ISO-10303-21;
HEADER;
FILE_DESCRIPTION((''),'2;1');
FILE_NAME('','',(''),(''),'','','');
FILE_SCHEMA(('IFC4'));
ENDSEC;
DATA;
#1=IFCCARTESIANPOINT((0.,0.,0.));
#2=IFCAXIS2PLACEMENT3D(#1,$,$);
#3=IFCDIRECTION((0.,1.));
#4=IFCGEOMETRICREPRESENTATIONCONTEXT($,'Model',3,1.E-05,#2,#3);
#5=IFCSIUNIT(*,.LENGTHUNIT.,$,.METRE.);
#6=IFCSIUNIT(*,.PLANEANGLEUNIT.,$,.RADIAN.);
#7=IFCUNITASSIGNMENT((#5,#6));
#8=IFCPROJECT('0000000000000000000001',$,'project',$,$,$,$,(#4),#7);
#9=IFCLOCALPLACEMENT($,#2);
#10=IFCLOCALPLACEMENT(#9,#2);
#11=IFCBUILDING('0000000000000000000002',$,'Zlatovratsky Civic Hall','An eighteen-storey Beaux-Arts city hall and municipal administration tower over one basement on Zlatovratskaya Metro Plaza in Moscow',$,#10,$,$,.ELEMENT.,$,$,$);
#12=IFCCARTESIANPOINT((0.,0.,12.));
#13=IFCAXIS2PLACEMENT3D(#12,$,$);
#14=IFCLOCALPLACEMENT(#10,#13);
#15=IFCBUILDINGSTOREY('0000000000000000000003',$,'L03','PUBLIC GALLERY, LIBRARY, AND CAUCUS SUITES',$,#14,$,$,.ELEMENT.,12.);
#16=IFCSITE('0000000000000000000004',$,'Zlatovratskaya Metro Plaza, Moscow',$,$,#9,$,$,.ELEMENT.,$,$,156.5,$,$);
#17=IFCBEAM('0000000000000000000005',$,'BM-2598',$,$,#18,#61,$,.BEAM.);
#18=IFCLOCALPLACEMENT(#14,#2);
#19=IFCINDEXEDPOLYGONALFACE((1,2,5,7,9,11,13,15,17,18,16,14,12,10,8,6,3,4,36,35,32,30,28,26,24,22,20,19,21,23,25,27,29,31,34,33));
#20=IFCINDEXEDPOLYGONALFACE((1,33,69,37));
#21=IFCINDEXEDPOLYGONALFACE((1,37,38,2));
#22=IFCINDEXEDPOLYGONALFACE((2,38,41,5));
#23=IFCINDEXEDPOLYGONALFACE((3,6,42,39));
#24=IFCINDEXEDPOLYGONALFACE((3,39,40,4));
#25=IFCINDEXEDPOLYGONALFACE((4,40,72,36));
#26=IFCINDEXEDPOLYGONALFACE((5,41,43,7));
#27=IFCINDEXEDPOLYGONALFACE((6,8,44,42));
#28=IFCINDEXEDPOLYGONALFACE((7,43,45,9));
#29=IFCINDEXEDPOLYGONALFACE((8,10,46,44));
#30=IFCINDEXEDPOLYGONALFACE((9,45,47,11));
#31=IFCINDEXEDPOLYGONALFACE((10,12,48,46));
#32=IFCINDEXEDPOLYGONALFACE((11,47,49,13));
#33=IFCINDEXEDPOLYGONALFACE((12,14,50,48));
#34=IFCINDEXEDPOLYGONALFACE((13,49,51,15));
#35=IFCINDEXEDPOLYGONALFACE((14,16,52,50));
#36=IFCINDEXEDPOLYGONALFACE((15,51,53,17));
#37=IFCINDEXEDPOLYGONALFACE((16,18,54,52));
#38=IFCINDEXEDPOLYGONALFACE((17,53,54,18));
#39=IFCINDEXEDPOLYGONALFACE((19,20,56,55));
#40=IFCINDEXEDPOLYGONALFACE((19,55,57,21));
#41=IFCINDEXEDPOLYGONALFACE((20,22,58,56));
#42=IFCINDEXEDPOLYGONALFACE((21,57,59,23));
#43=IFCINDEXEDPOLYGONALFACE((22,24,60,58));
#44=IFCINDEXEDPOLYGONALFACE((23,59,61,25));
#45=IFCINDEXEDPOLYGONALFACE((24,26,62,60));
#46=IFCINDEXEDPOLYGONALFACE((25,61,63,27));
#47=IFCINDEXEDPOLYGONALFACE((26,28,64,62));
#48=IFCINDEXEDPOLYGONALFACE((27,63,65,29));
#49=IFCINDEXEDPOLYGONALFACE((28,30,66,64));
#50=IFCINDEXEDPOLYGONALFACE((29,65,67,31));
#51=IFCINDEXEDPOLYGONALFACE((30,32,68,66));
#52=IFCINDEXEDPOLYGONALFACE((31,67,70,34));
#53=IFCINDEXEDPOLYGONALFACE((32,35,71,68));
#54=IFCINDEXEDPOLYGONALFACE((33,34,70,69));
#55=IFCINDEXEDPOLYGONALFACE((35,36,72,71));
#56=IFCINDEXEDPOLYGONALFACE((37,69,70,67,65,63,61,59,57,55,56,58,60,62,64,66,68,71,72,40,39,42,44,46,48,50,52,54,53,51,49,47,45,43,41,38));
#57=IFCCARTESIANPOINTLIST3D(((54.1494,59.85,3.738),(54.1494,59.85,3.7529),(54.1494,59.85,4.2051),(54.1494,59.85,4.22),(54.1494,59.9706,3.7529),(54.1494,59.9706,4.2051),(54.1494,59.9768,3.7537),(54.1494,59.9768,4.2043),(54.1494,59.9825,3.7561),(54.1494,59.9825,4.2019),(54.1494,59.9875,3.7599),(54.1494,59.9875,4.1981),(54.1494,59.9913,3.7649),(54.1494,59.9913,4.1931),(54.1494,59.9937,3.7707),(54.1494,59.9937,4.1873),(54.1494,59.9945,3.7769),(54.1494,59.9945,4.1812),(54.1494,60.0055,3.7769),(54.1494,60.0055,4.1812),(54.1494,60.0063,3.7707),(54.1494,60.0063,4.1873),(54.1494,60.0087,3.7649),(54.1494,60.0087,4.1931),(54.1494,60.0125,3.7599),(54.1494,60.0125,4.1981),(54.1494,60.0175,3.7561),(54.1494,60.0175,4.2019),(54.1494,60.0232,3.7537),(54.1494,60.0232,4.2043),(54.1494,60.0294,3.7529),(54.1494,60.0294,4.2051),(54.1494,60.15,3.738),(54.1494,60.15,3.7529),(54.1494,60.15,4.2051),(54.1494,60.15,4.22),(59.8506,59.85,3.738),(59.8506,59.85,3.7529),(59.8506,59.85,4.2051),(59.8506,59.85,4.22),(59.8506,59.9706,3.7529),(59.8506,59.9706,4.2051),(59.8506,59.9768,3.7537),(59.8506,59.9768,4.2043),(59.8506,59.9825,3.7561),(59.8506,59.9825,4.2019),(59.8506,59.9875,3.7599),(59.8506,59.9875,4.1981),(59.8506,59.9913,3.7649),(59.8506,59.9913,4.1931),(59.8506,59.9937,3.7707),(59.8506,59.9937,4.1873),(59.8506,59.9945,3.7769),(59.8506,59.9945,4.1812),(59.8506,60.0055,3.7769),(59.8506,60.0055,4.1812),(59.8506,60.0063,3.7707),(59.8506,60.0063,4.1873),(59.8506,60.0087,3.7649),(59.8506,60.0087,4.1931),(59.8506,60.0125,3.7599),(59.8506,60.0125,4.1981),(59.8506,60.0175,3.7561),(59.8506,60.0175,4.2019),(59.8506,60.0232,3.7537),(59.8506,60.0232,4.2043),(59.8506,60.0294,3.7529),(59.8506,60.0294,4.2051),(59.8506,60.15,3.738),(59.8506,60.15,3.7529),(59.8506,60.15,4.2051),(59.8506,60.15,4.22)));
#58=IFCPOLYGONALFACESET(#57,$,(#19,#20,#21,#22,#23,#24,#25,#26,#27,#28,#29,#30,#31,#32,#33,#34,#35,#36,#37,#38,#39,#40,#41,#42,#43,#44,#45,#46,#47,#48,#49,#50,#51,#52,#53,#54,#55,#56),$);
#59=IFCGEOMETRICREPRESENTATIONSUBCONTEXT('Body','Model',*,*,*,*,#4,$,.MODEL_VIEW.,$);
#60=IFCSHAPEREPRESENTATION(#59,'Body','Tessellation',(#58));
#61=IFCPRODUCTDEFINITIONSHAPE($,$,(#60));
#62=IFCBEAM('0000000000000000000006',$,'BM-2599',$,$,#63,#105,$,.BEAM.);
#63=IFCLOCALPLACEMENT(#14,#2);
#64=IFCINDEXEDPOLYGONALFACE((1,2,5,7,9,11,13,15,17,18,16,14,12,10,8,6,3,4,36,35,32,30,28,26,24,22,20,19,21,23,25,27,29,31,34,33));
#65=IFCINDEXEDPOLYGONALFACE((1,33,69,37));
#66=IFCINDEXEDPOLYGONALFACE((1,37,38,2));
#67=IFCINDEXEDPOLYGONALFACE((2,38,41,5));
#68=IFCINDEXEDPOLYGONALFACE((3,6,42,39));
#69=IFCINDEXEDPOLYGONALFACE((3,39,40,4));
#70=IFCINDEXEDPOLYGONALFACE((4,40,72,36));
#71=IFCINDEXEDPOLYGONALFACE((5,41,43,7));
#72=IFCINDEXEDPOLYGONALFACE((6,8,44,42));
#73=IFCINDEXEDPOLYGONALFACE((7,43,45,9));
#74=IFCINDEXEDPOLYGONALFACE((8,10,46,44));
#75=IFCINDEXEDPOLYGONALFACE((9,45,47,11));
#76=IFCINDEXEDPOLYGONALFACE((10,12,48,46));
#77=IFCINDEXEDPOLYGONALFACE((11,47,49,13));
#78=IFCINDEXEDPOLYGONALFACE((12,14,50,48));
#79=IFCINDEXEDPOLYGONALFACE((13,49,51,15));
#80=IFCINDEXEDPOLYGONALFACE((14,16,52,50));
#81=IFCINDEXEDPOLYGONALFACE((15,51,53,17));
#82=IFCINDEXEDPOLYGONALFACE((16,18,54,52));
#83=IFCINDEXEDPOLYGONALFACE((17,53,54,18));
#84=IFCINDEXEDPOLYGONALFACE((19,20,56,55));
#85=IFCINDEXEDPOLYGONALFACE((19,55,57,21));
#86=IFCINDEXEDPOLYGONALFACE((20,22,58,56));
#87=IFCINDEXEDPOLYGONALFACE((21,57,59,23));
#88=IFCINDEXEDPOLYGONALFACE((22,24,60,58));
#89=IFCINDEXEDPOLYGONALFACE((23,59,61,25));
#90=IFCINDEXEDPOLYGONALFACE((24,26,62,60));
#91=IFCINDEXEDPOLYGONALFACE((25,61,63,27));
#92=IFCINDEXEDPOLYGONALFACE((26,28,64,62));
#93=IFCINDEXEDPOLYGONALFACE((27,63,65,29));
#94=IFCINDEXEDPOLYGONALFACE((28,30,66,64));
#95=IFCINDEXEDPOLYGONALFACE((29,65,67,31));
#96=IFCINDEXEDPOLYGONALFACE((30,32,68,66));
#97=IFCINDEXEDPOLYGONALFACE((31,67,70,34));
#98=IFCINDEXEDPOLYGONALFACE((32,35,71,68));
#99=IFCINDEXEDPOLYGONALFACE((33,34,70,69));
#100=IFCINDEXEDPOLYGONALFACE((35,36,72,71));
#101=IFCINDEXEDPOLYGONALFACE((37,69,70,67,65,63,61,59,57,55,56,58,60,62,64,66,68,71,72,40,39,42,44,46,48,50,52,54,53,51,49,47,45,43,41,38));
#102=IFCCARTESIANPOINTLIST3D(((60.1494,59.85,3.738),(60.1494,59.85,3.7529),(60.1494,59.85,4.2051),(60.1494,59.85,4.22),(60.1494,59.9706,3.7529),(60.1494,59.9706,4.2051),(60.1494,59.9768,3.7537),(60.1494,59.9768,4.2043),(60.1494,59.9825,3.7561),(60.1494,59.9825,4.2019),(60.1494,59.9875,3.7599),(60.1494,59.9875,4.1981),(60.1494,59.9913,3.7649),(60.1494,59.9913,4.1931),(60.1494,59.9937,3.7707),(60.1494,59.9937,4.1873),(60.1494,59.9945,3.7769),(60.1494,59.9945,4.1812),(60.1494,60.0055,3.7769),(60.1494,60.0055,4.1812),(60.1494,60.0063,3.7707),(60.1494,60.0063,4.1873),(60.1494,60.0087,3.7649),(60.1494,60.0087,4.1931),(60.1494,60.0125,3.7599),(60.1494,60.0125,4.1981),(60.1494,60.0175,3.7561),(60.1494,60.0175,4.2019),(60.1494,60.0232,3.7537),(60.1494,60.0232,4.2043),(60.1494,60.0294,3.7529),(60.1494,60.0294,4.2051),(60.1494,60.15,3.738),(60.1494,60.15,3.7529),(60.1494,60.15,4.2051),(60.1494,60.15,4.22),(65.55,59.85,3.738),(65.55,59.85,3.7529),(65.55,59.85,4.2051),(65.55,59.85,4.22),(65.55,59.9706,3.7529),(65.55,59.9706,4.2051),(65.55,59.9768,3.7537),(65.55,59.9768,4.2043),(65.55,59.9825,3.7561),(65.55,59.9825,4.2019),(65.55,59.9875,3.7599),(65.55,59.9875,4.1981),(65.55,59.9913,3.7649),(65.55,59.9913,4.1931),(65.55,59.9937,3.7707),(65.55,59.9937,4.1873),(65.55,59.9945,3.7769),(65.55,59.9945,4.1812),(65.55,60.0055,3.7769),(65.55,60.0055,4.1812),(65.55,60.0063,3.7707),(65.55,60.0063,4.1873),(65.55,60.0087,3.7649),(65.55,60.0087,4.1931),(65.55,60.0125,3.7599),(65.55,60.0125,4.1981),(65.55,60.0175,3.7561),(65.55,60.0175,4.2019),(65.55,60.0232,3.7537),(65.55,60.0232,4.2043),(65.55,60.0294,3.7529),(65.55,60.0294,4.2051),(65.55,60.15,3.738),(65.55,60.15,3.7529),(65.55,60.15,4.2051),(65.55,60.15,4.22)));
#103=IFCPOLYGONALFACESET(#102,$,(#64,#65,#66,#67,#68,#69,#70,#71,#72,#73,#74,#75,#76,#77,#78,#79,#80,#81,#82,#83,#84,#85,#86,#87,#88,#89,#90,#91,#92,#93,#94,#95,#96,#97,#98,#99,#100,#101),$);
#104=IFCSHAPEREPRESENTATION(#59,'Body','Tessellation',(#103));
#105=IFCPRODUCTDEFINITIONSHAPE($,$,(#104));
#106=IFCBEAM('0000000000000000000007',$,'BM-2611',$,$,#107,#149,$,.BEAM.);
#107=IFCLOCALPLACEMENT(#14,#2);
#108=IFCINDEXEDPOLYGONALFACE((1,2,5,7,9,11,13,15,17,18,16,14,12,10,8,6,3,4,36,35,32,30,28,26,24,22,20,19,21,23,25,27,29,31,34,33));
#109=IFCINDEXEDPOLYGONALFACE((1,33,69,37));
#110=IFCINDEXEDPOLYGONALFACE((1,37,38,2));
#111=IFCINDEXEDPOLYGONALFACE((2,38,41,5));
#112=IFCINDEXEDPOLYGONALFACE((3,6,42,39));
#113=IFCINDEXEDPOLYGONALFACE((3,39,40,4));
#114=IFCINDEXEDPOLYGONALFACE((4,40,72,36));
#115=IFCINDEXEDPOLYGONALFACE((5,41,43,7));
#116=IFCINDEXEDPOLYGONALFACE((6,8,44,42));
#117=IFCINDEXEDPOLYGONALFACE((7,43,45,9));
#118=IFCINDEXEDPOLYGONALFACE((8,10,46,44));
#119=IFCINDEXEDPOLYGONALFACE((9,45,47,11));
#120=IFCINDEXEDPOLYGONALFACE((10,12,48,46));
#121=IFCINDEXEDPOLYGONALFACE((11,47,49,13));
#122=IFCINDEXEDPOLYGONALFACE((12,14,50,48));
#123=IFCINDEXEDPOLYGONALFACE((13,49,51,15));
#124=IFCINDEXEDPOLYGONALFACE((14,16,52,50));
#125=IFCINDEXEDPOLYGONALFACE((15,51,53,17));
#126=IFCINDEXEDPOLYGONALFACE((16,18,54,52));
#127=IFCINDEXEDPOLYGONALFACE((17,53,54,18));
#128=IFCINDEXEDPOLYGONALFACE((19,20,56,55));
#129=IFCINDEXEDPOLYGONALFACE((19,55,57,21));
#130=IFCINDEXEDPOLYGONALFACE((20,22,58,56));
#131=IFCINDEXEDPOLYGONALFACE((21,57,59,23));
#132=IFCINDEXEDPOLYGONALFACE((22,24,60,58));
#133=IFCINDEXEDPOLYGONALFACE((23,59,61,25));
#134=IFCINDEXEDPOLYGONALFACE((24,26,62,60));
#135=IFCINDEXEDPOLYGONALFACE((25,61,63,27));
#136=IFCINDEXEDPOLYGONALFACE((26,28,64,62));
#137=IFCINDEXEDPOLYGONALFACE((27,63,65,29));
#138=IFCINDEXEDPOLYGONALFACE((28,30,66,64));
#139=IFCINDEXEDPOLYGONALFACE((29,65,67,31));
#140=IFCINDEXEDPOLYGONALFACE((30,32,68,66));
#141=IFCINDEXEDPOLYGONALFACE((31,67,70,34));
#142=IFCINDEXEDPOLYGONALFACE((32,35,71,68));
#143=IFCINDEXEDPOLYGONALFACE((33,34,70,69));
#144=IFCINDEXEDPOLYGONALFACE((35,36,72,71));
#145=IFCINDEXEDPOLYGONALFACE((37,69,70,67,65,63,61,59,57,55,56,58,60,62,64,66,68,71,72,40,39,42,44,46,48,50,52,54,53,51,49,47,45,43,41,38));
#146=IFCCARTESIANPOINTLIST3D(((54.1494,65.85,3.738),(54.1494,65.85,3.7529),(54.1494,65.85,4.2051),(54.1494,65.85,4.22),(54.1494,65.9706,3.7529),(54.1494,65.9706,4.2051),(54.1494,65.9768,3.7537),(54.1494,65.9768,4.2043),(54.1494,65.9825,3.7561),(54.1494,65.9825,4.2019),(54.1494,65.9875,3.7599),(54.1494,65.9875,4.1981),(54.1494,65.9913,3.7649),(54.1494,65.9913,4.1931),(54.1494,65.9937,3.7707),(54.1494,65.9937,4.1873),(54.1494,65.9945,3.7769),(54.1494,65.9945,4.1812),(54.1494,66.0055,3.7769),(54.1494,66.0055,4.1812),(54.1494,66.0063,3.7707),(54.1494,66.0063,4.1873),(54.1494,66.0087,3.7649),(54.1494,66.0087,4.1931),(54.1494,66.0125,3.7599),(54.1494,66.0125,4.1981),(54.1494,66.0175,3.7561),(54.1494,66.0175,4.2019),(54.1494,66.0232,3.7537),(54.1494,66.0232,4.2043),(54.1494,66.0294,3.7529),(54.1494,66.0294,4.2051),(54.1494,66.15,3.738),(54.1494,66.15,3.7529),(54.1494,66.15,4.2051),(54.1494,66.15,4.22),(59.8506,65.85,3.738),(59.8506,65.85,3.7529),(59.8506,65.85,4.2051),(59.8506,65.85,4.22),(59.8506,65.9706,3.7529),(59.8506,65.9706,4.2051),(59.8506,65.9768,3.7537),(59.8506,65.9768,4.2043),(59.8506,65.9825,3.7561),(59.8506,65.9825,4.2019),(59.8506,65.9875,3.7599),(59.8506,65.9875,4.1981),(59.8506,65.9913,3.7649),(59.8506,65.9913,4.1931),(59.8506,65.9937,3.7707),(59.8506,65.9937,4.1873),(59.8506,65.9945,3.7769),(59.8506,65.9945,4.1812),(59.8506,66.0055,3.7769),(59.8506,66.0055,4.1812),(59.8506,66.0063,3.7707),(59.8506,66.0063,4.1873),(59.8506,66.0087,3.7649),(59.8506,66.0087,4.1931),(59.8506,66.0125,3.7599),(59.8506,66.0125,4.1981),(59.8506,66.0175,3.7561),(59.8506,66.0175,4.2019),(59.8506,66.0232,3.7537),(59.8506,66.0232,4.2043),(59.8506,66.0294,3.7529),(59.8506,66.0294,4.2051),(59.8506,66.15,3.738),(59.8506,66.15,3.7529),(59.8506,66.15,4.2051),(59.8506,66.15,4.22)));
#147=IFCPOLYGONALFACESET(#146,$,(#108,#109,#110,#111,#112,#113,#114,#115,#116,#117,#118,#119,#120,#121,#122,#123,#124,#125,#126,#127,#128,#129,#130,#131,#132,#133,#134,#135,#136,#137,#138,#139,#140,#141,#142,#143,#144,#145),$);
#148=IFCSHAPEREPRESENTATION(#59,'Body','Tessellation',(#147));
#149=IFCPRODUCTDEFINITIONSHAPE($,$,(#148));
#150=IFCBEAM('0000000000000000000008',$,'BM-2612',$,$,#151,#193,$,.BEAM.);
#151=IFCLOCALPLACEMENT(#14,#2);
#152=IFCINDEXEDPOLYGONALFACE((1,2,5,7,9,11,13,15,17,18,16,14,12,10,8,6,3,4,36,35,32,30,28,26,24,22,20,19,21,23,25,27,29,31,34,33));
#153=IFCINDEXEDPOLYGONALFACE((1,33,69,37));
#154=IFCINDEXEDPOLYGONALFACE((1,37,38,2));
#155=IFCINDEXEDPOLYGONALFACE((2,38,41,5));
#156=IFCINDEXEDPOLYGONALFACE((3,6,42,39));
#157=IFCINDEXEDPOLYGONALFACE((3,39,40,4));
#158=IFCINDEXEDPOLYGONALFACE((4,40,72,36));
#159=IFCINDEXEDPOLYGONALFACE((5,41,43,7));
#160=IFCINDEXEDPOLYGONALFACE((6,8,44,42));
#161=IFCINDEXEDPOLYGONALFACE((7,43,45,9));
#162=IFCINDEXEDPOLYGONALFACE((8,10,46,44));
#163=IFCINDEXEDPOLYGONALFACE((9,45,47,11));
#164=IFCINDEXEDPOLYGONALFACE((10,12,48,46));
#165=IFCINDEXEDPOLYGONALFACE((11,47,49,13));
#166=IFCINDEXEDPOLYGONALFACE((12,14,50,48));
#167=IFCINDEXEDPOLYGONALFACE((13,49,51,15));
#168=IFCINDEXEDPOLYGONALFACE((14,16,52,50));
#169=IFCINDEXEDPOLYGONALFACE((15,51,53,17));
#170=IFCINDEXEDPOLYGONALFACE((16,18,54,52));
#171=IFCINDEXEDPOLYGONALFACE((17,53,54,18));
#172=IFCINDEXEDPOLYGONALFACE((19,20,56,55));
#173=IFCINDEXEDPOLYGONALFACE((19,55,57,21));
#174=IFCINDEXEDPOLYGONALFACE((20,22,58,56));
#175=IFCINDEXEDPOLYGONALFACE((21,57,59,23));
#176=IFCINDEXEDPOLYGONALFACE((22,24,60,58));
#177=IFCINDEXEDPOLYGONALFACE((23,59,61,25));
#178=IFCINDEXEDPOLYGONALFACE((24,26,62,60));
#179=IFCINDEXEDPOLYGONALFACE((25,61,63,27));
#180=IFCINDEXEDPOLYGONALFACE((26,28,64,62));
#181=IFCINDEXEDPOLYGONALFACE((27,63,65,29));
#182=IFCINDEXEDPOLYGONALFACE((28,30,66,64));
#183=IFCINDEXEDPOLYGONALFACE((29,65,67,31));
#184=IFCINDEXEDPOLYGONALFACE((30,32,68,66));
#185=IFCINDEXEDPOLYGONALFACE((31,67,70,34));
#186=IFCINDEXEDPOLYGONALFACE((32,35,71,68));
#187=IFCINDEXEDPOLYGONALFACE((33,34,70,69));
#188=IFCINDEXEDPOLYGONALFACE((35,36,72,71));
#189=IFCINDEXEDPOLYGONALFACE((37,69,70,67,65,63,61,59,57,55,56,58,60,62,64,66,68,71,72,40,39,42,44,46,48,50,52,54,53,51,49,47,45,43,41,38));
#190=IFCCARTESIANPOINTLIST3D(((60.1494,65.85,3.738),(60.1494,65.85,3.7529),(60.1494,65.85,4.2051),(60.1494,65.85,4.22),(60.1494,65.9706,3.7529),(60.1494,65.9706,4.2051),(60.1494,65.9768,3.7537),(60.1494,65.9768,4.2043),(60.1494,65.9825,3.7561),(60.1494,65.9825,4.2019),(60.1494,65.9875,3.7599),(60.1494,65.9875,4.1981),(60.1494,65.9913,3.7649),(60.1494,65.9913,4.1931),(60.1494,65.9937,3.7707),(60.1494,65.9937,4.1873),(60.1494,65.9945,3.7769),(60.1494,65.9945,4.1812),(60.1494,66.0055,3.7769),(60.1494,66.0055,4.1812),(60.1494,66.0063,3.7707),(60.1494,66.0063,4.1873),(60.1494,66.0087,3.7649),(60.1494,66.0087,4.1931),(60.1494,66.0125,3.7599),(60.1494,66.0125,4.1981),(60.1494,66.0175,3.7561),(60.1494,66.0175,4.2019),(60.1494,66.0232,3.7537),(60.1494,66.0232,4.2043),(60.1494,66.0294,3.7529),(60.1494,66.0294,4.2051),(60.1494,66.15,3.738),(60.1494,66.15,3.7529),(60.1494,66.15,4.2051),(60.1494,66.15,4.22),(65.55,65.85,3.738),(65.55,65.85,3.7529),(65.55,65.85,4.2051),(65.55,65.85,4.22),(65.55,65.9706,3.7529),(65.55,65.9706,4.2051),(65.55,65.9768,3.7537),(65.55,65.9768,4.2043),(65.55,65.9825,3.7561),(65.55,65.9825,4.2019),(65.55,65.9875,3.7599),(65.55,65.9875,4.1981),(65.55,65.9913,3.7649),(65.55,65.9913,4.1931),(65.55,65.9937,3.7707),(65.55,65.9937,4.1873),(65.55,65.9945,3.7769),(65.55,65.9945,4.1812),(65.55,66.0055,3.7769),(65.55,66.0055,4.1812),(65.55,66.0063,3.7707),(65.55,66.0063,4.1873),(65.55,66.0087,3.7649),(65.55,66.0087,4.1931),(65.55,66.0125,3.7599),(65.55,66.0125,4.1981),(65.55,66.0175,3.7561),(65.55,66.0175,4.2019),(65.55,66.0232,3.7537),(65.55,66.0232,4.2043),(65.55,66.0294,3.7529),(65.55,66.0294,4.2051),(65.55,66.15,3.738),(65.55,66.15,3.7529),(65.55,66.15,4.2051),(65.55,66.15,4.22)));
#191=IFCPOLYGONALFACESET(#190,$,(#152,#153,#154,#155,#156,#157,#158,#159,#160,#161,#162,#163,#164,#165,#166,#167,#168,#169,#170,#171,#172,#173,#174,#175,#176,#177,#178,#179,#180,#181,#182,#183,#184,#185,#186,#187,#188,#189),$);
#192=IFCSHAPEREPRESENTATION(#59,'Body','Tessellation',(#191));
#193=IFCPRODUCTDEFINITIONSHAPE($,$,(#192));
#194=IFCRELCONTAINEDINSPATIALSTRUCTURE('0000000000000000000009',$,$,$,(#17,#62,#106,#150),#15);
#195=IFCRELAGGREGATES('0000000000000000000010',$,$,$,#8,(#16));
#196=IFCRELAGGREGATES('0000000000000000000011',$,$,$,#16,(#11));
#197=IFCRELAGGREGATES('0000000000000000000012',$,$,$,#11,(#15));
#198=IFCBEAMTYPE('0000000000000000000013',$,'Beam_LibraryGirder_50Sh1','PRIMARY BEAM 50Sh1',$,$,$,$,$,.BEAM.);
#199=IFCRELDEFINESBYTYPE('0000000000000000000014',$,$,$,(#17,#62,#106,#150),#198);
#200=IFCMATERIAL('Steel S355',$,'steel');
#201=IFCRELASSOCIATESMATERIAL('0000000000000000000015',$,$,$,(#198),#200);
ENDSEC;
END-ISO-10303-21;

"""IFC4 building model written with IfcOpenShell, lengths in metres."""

from ifc_helpers import new_model, si_unit, direction, frame, origin, origin_2d, place, context, subcontext, project, spatial, i_section, extrude, material, material_profile, profile_set, type_object, element, save


model = new_model("IFC4")

# Units and contexts
model_context = context("Model", 3, precision=1e-05, world=origin(), true_north=direction((0.0, 1.0)))
body_context = subcontext(model_context, "Body", "Model", "MODEL_VIEW")
ifc_project = project(units=[si_unit("LENGTHUNIT", "METRE"), si_unit("PLANEANGLEUNIT", "RADIAN")], contexts=[model_context])

# Site, building, storey
site_placement = place(None, origin())
site = spatial("IfcSite", under=ifc_project, at=site_placement, Name="Zlatovratskaya Metro Plaza, Moscow", CompositionType="ELEMENT", RefElevation=156.5)
building_placement = place(site_placement, origin())
building = spatial("IfcBuilding", under=site, at=building_placement, Name="Zlatovratsky Civic Hall", Description="An eighteen-storey Beaux-Arts city hall and municipal administration tower over one basement on Zlatovratskaya Metro Plaza in Moscow", CompositionType="ELEMENT")
storey_placement = place(building_placement, frame((0.0, 0.0, 12.0)))
storey = spatial("IfcBuildingStorey", under=building, at=storey_placement, Name="L03", Description="PUBLIC GALLERY, LIBRARY, AND CAUCUS SUITES", CompositionType="ELEMENT", Elevation=12.0)

# Shared definitions
ifc_material_1 = material(Name="Steel S355", Category="steel")

# Beams
ifc_material_profile_1 = material_profile(ifc_material_1, i_section(OverallWidth=0.3, OverallDepth=0.4819, WebThickness=0.011, FlangeThickness=0.0149, FilletRadius=0.0239, at=origin_2d()), Name="50Sh1")
ifc_profile_set_1 = profile_set([ifc_material_profile_1], Name="Steel S355")
beam_type = type_object("IfcBeamType", Name="Beam_LibraryGirder_50Sh1", Description="PRIMARY BEAM 50Sh1", PredefinedType="BEAM", material=ifc_profile_set_1)
beam_1_placement = place(storey_placement, frame((54.1494, 60.0, 3.979), z_axis=(1.0, 0.0, 0.0), x_axis=(0.0, 1.0, 0.0)))
element("IfcBeam", 1, at=beam_1_placement, inside=storey, type_object=beam_type, Name="BM-2598", PredefinedType="BEAM", context=body_context, shape_type="SweptSolid", body=[
    extrude(i_section(OverallWidth=0.3, OverallDepth=0.4819, WebThickness=0.011, FlangeThickness=0.0149, FilletRadius=0.0239, at=origin_2d()), origin(), (0.0, 0.0, 1.0), 5.7012),
])
beam_2_placement = place(storey_placement, frame((60.1494, 60.0, 3.979), z_axis=(1.0, 0.0, 0.0), x_axis=(0.0, 1.0, 0.0)))
element("IfcBeam", 2, at=beam_2_placement, inside=storey, type_object=beam_type, Name="BM-2599", PredefinedType="BEAM", context=body_context, shape_type="SweptSolid", body=[
    extrude(i_section(OverallWidth=0.3, OverallDepth=0.4819, WebThickness=0.011, FlangeThickness=0.0149, FilletRadius=0.0239, at=origin_2d()), origin(), (0.0, 0.0, 1.0), 5.4006),
])
beam_3_placement = place(storey_placement, frame((54.1494, 66.0, 3.979), z_axis=(1.0, 0.0, 0.0), x_axis=(0.0, 1.0, 0.0)))
element("IfcBeam", 3, at=beam_3_placement, inside=storey, type_object=beam_type, Name="BM-2611", PredefinedType="BEAM", context=body_context, shape_type="SweptSolid", body=[
    extrude(i_section(OverallWidth=0.3, OverallDepth=0.4819, WebThickness=0.011, FlangeThickness=0.0149, FilletRadius=0.0239, at=origin_2d()), origin(), (0.0, 0.0, 1.0), 5.7012),
])
beam_4_placement = place(storey_placement, frame((60.1494, 66.0, 3.979), z_axis=(1.0, 0.0, 0.0), x_axis=(0.0, 1.0, 0.0)))
element("IfcBeam", 4, at=beam_4_placement, inside=storey, type_object=beam_type, Name="BM-2612", PredefinedType="BEAM", context=body_context, shape_type="SweptSolid", body=[
    extrude(i_section(OverallWidth=0.3, OverallDepth=0.4819, WebThickness=0.011, FlangeThickness=0.0149, FilletRadius=0.0239, at=origin_2d()), origin(), (0.0, 0.0, 1.0), 5.4006),
])

save(model, "model.ifc")
